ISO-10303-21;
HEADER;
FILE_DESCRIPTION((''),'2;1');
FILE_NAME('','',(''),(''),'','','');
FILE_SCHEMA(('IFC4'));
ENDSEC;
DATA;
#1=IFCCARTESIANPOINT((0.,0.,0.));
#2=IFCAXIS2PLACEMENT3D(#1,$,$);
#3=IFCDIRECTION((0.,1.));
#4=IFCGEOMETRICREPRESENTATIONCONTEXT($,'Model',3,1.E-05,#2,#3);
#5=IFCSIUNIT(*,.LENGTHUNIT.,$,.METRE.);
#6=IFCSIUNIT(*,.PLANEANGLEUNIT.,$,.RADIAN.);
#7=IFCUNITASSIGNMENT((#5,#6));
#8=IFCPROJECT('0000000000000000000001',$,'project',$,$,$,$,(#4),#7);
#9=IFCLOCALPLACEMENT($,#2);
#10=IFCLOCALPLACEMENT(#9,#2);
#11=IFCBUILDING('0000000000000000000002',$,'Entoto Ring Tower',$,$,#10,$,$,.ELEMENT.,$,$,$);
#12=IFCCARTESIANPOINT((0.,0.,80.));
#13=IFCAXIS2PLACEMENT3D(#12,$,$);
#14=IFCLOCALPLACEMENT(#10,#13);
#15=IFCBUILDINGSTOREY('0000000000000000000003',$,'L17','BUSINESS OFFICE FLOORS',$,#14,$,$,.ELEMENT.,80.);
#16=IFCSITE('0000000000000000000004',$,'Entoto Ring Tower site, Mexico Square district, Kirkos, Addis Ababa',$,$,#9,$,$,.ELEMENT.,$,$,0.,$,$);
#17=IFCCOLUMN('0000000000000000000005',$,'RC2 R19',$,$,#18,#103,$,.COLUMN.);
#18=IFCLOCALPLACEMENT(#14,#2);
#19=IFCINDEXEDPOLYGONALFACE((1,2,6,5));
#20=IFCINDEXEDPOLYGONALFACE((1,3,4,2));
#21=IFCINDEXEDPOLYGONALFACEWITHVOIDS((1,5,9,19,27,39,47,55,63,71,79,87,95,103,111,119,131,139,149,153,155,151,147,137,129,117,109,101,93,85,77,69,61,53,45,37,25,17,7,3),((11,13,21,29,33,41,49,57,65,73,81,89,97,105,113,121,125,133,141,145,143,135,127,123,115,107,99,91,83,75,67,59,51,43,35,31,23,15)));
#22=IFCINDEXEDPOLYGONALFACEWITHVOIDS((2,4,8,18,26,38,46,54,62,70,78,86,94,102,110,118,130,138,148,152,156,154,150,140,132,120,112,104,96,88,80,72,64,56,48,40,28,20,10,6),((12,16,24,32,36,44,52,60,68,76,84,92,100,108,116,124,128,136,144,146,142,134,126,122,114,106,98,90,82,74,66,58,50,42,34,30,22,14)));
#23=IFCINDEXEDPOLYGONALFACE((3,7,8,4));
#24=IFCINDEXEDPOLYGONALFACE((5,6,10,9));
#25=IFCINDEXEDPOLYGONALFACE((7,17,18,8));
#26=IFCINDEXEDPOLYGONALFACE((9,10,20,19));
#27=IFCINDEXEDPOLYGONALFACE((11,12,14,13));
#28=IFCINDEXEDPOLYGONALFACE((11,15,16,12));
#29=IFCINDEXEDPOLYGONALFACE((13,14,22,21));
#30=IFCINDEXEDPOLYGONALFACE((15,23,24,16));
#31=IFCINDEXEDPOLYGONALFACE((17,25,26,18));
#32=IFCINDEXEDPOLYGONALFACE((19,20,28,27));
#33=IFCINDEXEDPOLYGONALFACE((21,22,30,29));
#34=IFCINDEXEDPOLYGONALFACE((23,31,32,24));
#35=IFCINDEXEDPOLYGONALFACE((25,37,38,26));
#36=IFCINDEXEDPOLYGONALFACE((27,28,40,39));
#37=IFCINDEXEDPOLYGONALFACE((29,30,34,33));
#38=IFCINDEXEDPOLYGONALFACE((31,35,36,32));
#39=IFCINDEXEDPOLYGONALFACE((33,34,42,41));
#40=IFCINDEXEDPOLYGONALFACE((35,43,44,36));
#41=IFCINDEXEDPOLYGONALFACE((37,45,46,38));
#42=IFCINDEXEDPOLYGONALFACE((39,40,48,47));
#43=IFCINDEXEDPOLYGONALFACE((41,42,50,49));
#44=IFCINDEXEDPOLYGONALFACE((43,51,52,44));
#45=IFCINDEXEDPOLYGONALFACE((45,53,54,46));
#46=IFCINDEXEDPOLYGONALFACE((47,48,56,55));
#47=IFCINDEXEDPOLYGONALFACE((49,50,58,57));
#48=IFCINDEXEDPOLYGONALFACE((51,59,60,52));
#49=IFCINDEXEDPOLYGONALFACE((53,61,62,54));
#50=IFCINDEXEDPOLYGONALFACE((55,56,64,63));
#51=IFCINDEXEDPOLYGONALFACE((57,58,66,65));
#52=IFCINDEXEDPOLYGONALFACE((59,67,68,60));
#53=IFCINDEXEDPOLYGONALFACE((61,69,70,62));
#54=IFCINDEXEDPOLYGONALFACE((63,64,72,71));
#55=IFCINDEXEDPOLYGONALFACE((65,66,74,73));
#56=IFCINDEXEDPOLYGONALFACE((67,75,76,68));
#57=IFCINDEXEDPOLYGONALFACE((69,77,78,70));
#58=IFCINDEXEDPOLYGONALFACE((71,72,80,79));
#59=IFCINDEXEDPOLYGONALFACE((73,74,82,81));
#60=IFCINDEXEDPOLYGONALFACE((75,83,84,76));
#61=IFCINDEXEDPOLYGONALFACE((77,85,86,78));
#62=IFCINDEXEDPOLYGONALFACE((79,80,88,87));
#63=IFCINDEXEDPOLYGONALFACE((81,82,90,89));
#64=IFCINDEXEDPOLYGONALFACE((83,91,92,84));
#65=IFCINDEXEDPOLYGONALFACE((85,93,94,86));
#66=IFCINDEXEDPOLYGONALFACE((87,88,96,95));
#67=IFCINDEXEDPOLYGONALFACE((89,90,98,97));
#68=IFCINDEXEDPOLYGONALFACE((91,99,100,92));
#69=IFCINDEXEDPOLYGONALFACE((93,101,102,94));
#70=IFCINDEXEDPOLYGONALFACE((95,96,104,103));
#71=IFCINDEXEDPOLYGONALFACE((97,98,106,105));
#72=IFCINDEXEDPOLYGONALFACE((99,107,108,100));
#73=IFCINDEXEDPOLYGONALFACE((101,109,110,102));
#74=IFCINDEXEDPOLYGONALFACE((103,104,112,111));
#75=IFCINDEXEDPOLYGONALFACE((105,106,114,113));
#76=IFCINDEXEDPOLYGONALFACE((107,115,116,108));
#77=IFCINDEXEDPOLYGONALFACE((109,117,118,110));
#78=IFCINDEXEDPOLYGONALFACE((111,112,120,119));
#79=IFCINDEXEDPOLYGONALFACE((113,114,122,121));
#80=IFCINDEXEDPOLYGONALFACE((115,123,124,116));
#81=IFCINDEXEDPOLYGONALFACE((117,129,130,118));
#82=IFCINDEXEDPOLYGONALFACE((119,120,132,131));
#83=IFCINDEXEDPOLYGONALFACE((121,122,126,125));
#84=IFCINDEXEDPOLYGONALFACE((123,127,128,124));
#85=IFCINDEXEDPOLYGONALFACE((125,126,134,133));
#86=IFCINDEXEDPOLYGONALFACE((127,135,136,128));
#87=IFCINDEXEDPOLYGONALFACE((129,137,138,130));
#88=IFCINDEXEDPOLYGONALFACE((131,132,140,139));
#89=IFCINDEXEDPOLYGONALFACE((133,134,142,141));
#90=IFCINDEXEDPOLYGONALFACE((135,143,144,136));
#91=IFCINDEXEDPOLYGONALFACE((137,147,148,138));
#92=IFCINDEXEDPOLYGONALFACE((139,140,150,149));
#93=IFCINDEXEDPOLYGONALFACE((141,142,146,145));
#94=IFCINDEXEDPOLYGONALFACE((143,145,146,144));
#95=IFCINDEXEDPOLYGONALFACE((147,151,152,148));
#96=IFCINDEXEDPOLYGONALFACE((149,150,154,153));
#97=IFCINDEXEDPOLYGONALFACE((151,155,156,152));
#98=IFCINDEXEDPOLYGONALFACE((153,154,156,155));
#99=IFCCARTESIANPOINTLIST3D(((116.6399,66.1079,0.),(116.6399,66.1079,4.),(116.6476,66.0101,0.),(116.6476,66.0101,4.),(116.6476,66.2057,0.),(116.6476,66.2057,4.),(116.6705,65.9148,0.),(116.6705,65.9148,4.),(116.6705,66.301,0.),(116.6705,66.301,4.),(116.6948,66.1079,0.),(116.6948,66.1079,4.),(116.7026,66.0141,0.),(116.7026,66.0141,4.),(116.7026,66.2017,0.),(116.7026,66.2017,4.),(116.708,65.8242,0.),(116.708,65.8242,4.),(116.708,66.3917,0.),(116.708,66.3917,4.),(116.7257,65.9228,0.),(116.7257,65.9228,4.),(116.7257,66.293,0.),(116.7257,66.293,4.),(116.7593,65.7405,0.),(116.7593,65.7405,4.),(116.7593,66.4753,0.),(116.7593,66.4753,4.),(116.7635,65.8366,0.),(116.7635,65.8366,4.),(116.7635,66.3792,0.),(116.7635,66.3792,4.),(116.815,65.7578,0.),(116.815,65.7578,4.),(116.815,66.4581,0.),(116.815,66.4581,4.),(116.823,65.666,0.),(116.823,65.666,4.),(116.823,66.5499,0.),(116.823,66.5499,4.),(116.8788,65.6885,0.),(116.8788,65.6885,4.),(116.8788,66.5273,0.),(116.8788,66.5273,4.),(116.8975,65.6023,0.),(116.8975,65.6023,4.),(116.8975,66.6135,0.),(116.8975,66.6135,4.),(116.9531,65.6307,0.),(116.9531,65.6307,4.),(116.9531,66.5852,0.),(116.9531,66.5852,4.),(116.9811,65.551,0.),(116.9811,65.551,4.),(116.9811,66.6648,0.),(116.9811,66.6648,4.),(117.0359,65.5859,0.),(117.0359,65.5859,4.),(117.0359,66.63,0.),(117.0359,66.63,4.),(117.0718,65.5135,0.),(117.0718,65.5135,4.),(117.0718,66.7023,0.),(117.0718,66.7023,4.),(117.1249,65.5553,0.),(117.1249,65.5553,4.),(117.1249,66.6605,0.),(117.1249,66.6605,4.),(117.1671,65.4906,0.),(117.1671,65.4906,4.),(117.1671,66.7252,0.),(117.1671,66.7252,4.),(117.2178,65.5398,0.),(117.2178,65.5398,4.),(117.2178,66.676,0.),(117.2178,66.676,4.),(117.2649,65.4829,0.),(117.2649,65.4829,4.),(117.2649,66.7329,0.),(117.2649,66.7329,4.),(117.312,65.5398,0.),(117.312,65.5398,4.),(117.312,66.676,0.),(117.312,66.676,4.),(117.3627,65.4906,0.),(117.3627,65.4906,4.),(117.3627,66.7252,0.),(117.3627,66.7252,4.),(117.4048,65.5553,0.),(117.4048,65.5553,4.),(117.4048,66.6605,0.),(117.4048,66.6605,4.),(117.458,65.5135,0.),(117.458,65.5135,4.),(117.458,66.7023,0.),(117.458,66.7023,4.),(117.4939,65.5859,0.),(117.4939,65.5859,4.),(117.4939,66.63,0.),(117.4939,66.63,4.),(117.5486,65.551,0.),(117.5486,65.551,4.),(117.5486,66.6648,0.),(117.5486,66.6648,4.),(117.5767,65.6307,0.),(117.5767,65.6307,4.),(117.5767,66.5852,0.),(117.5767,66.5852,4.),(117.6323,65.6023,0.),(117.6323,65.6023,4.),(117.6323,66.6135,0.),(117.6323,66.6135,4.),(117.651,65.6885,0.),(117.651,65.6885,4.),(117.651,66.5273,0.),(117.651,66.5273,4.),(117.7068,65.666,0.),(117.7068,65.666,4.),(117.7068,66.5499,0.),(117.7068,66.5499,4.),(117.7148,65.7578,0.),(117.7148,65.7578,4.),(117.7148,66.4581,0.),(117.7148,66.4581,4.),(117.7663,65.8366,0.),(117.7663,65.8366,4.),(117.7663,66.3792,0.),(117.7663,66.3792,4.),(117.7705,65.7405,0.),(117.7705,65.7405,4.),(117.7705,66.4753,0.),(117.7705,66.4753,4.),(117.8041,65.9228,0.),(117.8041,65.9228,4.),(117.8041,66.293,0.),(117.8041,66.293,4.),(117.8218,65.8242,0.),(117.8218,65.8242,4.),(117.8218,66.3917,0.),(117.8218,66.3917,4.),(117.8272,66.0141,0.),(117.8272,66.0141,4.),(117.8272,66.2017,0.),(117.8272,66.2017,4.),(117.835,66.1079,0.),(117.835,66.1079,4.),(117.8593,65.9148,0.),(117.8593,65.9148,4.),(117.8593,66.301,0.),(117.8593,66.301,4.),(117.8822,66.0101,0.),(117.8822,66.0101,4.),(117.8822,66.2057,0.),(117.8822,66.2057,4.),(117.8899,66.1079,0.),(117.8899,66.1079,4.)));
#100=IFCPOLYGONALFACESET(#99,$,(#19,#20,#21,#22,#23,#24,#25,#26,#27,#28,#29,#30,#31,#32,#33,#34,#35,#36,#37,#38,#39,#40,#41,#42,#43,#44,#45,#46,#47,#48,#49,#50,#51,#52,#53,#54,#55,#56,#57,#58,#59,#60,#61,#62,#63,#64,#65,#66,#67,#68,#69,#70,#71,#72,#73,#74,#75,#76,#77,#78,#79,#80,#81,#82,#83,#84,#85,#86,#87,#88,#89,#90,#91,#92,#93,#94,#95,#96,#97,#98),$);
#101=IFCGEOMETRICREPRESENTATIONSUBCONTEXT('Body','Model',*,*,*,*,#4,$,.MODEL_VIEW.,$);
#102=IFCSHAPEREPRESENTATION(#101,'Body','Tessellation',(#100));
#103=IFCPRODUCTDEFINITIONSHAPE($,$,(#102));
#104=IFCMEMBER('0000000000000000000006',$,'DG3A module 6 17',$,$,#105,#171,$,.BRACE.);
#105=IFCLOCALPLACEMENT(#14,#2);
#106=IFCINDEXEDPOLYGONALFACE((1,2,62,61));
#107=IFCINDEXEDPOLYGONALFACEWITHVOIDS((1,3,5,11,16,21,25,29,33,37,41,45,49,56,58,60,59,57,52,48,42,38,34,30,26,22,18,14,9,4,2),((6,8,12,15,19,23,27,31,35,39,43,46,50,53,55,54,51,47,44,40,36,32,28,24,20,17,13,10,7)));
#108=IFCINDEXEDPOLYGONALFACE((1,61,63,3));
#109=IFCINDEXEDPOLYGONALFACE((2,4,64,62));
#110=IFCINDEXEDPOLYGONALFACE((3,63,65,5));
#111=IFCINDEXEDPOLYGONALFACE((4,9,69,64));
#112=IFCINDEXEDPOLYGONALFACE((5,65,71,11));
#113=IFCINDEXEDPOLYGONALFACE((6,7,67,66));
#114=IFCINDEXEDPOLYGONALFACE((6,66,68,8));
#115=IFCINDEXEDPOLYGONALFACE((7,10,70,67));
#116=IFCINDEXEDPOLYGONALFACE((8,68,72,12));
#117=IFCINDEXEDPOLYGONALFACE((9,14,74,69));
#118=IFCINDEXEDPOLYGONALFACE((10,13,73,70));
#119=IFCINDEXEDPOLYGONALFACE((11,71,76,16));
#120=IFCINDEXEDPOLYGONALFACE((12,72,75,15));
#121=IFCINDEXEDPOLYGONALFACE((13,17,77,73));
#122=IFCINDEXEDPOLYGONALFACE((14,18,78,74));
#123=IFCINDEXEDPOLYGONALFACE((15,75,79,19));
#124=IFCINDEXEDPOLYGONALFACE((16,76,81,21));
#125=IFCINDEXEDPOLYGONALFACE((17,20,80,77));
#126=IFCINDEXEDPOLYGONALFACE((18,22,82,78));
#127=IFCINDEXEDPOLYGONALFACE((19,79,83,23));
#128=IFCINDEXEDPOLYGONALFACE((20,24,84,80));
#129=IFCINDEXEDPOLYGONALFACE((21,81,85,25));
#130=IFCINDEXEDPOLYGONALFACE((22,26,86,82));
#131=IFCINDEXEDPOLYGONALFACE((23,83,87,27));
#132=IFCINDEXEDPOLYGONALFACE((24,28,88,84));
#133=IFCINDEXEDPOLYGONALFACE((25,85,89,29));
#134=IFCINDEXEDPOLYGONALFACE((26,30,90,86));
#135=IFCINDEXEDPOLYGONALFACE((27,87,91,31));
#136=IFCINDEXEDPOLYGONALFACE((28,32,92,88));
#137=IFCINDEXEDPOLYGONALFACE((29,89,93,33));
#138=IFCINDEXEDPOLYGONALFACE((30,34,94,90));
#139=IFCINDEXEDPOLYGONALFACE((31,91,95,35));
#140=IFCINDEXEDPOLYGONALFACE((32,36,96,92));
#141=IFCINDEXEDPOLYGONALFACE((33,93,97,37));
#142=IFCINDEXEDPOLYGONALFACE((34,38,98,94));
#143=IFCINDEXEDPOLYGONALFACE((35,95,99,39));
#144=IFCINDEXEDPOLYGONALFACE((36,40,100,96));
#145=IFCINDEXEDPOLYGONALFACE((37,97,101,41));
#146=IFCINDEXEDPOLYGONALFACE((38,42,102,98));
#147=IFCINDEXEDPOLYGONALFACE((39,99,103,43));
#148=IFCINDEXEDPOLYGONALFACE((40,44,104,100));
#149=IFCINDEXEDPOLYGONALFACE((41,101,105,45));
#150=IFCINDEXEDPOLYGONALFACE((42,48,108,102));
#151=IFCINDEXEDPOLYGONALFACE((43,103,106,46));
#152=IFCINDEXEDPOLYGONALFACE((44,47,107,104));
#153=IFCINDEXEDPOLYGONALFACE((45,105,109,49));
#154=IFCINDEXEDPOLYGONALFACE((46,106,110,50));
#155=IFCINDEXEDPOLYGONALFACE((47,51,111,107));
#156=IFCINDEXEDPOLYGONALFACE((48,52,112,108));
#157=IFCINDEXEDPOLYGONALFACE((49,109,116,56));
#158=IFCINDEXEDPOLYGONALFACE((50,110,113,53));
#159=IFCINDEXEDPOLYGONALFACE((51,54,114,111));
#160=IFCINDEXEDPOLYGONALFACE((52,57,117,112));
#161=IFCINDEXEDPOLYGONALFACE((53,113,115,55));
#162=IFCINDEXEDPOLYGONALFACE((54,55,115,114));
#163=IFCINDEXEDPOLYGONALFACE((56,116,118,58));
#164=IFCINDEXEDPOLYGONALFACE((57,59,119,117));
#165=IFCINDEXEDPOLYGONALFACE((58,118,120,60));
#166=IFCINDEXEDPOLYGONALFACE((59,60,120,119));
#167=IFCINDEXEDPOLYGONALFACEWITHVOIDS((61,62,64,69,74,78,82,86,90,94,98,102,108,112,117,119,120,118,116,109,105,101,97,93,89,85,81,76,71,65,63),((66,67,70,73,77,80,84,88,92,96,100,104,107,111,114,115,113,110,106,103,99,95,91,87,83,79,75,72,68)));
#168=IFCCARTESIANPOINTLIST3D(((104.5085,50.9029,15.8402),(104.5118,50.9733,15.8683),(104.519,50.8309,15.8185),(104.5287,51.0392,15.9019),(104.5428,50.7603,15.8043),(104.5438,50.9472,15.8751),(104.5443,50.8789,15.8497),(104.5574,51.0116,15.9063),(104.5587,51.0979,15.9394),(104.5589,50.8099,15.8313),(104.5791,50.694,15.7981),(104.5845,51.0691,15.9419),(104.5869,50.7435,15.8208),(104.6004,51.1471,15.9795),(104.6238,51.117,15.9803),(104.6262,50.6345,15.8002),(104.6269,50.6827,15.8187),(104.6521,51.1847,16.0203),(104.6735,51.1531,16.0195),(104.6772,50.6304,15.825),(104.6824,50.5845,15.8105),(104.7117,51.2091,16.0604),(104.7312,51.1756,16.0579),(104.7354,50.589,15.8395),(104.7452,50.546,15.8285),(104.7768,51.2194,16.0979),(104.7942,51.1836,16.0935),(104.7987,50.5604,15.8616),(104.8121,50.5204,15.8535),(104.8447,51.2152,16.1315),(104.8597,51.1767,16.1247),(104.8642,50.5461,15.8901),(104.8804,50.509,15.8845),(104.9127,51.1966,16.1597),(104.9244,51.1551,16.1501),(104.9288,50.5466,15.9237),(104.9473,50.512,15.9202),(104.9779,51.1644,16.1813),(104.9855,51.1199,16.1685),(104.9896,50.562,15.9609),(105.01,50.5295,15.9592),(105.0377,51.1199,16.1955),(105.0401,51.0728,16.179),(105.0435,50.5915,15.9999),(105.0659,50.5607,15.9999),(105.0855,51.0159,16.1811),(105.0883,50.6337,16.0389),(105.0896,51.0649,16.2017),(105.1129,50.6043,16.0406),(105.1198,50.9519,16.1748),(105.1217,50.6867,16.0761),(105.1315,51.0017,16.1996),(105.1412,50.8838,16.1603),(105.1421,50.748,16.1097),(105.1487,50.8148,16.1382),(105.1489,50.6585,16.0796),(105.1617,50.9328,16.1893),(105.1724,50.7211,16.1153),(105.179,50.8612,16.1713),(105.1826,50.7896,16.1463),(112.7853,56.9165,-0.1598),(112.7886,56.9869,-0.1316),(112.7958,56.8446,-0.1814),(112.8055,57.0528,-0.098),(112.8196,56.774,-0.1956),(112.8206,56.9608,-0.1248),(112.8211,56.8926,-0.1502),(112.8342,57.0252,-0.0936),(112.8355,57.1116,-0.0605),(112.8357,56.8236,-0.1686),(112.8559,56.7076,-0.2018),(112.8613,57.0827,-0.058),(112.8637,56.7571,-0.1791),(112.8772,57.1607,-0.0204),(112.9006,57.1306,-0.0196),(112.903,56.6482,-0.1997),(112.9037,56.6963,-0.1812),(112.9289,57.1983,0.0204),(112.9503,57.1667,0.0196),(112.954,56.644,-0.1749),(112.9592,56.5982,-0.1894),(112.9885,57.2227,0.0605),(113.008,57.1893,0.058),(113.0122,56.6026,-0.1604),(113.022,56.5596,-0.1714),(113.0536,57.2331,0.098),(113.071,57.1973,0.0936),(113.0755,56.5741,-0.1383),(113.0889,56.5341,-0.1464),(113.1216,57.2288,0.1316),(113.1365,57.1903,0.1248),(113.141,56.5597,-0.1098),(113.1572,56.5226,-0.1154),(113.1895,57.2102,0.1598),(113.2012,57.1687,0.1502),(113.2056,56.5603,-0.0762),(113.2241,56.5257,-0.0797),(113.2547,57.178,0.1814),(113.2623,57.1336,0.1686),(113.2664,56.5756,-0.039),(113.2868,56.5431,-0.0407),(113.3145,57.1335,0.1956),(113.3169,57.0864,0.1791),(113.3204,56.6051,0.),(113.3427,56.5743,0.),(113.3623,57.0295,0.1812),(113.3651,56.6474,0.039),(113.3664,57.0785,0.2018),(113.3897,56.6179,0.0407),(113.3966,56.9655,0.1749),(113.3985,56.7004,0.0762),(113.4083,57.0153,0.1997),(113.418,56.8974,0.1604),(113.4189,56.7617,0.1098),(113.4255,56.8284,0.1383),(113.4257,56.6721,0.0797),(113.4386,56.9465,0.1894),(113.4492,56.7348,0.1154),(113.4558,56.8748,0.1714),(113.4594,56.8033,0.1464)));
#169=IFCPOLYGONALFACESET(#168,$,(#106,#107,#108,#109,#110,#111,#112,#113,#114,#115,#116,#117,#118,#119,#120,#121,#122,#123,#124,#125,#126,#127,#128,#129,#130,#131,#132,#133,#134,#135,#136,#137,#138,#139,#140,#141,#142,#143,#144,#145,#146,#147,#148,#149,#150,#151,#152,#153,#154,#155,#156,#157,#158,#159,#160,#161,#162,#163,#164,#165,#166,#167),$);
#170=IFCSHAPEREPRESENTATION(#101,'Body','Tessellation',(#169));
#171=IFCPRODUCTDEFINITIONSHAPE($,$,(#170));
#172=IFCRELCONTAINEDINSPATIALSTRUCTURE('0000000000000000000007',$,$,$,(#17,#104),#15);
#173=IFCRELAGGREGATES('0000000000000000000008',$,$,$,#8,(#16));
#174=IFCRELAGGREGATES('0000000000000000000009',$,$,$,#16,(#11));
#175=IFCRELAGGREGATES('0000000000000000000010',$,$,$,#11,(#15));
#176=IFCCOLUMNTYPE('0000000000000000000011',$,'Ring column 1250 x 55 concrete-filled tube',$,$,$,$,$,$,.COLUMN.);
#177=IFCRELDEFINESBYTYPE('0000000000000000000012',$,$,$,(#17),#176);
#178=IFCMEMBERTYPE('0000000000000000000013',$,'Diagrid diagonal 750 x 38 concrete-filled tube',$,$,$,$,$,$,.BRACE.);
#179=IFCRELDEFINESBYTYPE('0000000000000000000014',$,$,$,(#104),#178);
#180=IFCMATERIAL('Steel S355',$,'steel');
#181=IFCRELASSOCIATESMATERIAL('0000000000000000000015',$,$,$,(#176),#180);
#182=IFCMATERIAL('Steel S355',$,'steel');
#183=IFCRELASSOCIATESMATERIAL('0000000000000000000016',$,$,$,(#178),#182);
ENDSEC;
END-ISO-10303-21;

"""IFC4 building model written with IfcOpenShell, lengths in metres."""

from ifc_helpers import new_model, si_unit, direction, frame, origin, origin_2d, place, context, subcontext, project, spatial, circle, hollow_circle, extrude, material, material_profile, profile_set, type_object, element, save


model = new_model("IFC4")

# Units and contexts
model_context = context("Model", 3, precision=1e-05, world=origin(), true_north=direction((0.0, 1.0)))
body_context = subcontext(model_context, "Body", "Model", "MODEL_VIEW")
ifc_project = project(units=[si_unit("LENGTHUNIT", "METRE"), si_unit("PLANEANGLEUNIT", "RADIAN")], contexts=[model_context])

# Site, building, storey
site_placement = place(None, origin())
site = spatial("IfcSite", under=ifc_project, at=site_placement, Name="Entoto Ring Tower site, Mexico Square district, Kirkos, Addis Ababa", CompositionType="ELEMENT", RefElevation=0.0)
building_placement = place(site_placement, origin())
building = spatial("IfcBuilding", under=site, at=building_placement, Name="Entoto Ring Tower", CompositionType="ELEMENT")
storey_placement = place(building_placement, frame((0.0, 0.0, 80.0)))
storey = spatial("IfcBuildingStorey", under=building, at=storey_placement, Name="L17", Description="BUSINESS OFFICE FLOORS", CompositionType="ELEMENT", Elevation=80.0)

# Column
ifc_material_1 = material(Name="Steel S355", Category="steel")
ifc_material_profile_1 = material_profile(ifc_material_1, hollow_circle(Radius=0.625, WallThickness=0.0549, at=origin_2d()), Name="CHS 1250 x 55")
ifc_material_2 = material(Name="Concrete C60/75", Category="concrete")
ifc_material_profile_2 = material_profile(ifc_material_2, circle(Radius=0.5701, at=origin_2d()), Name="Concrete C60/75 infill")
ifc_profile_set_1 = profile_set([ifc_material_profile_1, ifc_material_profile_2], Name="Steel S355")
column_type = type_object("IfcColumnType", Name="Ring column 1250 x 55 concrete-filled tube", PredefinedType="COLUMN", material=ifc_profile_set_1)
for number, where, z_axis, x_axis, name in (
    (1, (117.2649, 66.1079, 0.0), (0.0, 0.0, 1.0), (1.0, 0.0, 0.0), "RC2 R19"),
):
    element("IfcColumn", number, at=place(storey_placement, frame(where, z_axis=z_axis, x_axis=x_axis)), inside=storey, type_object=column_type, Name=name, PredefinedType="COLUMN", context=body_context, shape_type="SweptSolid", body=[
        extrude(hollow_circle(Radius=0.625, WallThickness=0.0549, at=origin_2d()), origin(), (0.0, 0.0, 1.0), 4.0),
    ])

# Member
ifc_material_3 = material(Name="Steel S355", Category="steel")
ifc_material_profile_3 = material_profile(ifc_material_3, hollow_circle(Radius=0.375, WallThickness=0.0381, at=origin_2d()), Name="CHS 750 x 38")
ifc_material_4 = material(Name="Concrete C60/75", Category="concrete")
ifc_material_profile_4 = material_profile(ifc_material_4, circle(Radius=0.3369, at=origin_2d()), Name="Concrete C60/75 infill")
ifc_profile_set_2 = profile_set([ifc_material_profile_3, ifc_material_profile_4], Name="Steel S355")
member_type_1 = type_object("IfcMemberType", Name="Diagrid diagonal 750 x 38 concrete-filled tube", PredefinedType="BRACE", material=ifc_profile_set_2)
for number, where, z_axis, x_axis, name in (
    (2, (113.1223, 56.8777, 0.0), (-0.435823, -0.316654, 0.84249), (0.587797, -0.809008, 0.0), "DG3A module 6 17"),
):
    element("IfcMember", number, at=place(storey_placement, frame(where, z_axis=z_axis, x_axis=x_axis)), inside=storey, type_object=member_type_1, Name=name, PredefinedType="BRACE", context=body_context, shape_type="SweptSolid", body=[
        extrude(hollow_circle(Radius=0.375, WallThickness=0.0381, at=origin_2d()), origin(), (0.0, 0.0, 1.0), 18.9912),
    ])

save(model, "model.ifc")
